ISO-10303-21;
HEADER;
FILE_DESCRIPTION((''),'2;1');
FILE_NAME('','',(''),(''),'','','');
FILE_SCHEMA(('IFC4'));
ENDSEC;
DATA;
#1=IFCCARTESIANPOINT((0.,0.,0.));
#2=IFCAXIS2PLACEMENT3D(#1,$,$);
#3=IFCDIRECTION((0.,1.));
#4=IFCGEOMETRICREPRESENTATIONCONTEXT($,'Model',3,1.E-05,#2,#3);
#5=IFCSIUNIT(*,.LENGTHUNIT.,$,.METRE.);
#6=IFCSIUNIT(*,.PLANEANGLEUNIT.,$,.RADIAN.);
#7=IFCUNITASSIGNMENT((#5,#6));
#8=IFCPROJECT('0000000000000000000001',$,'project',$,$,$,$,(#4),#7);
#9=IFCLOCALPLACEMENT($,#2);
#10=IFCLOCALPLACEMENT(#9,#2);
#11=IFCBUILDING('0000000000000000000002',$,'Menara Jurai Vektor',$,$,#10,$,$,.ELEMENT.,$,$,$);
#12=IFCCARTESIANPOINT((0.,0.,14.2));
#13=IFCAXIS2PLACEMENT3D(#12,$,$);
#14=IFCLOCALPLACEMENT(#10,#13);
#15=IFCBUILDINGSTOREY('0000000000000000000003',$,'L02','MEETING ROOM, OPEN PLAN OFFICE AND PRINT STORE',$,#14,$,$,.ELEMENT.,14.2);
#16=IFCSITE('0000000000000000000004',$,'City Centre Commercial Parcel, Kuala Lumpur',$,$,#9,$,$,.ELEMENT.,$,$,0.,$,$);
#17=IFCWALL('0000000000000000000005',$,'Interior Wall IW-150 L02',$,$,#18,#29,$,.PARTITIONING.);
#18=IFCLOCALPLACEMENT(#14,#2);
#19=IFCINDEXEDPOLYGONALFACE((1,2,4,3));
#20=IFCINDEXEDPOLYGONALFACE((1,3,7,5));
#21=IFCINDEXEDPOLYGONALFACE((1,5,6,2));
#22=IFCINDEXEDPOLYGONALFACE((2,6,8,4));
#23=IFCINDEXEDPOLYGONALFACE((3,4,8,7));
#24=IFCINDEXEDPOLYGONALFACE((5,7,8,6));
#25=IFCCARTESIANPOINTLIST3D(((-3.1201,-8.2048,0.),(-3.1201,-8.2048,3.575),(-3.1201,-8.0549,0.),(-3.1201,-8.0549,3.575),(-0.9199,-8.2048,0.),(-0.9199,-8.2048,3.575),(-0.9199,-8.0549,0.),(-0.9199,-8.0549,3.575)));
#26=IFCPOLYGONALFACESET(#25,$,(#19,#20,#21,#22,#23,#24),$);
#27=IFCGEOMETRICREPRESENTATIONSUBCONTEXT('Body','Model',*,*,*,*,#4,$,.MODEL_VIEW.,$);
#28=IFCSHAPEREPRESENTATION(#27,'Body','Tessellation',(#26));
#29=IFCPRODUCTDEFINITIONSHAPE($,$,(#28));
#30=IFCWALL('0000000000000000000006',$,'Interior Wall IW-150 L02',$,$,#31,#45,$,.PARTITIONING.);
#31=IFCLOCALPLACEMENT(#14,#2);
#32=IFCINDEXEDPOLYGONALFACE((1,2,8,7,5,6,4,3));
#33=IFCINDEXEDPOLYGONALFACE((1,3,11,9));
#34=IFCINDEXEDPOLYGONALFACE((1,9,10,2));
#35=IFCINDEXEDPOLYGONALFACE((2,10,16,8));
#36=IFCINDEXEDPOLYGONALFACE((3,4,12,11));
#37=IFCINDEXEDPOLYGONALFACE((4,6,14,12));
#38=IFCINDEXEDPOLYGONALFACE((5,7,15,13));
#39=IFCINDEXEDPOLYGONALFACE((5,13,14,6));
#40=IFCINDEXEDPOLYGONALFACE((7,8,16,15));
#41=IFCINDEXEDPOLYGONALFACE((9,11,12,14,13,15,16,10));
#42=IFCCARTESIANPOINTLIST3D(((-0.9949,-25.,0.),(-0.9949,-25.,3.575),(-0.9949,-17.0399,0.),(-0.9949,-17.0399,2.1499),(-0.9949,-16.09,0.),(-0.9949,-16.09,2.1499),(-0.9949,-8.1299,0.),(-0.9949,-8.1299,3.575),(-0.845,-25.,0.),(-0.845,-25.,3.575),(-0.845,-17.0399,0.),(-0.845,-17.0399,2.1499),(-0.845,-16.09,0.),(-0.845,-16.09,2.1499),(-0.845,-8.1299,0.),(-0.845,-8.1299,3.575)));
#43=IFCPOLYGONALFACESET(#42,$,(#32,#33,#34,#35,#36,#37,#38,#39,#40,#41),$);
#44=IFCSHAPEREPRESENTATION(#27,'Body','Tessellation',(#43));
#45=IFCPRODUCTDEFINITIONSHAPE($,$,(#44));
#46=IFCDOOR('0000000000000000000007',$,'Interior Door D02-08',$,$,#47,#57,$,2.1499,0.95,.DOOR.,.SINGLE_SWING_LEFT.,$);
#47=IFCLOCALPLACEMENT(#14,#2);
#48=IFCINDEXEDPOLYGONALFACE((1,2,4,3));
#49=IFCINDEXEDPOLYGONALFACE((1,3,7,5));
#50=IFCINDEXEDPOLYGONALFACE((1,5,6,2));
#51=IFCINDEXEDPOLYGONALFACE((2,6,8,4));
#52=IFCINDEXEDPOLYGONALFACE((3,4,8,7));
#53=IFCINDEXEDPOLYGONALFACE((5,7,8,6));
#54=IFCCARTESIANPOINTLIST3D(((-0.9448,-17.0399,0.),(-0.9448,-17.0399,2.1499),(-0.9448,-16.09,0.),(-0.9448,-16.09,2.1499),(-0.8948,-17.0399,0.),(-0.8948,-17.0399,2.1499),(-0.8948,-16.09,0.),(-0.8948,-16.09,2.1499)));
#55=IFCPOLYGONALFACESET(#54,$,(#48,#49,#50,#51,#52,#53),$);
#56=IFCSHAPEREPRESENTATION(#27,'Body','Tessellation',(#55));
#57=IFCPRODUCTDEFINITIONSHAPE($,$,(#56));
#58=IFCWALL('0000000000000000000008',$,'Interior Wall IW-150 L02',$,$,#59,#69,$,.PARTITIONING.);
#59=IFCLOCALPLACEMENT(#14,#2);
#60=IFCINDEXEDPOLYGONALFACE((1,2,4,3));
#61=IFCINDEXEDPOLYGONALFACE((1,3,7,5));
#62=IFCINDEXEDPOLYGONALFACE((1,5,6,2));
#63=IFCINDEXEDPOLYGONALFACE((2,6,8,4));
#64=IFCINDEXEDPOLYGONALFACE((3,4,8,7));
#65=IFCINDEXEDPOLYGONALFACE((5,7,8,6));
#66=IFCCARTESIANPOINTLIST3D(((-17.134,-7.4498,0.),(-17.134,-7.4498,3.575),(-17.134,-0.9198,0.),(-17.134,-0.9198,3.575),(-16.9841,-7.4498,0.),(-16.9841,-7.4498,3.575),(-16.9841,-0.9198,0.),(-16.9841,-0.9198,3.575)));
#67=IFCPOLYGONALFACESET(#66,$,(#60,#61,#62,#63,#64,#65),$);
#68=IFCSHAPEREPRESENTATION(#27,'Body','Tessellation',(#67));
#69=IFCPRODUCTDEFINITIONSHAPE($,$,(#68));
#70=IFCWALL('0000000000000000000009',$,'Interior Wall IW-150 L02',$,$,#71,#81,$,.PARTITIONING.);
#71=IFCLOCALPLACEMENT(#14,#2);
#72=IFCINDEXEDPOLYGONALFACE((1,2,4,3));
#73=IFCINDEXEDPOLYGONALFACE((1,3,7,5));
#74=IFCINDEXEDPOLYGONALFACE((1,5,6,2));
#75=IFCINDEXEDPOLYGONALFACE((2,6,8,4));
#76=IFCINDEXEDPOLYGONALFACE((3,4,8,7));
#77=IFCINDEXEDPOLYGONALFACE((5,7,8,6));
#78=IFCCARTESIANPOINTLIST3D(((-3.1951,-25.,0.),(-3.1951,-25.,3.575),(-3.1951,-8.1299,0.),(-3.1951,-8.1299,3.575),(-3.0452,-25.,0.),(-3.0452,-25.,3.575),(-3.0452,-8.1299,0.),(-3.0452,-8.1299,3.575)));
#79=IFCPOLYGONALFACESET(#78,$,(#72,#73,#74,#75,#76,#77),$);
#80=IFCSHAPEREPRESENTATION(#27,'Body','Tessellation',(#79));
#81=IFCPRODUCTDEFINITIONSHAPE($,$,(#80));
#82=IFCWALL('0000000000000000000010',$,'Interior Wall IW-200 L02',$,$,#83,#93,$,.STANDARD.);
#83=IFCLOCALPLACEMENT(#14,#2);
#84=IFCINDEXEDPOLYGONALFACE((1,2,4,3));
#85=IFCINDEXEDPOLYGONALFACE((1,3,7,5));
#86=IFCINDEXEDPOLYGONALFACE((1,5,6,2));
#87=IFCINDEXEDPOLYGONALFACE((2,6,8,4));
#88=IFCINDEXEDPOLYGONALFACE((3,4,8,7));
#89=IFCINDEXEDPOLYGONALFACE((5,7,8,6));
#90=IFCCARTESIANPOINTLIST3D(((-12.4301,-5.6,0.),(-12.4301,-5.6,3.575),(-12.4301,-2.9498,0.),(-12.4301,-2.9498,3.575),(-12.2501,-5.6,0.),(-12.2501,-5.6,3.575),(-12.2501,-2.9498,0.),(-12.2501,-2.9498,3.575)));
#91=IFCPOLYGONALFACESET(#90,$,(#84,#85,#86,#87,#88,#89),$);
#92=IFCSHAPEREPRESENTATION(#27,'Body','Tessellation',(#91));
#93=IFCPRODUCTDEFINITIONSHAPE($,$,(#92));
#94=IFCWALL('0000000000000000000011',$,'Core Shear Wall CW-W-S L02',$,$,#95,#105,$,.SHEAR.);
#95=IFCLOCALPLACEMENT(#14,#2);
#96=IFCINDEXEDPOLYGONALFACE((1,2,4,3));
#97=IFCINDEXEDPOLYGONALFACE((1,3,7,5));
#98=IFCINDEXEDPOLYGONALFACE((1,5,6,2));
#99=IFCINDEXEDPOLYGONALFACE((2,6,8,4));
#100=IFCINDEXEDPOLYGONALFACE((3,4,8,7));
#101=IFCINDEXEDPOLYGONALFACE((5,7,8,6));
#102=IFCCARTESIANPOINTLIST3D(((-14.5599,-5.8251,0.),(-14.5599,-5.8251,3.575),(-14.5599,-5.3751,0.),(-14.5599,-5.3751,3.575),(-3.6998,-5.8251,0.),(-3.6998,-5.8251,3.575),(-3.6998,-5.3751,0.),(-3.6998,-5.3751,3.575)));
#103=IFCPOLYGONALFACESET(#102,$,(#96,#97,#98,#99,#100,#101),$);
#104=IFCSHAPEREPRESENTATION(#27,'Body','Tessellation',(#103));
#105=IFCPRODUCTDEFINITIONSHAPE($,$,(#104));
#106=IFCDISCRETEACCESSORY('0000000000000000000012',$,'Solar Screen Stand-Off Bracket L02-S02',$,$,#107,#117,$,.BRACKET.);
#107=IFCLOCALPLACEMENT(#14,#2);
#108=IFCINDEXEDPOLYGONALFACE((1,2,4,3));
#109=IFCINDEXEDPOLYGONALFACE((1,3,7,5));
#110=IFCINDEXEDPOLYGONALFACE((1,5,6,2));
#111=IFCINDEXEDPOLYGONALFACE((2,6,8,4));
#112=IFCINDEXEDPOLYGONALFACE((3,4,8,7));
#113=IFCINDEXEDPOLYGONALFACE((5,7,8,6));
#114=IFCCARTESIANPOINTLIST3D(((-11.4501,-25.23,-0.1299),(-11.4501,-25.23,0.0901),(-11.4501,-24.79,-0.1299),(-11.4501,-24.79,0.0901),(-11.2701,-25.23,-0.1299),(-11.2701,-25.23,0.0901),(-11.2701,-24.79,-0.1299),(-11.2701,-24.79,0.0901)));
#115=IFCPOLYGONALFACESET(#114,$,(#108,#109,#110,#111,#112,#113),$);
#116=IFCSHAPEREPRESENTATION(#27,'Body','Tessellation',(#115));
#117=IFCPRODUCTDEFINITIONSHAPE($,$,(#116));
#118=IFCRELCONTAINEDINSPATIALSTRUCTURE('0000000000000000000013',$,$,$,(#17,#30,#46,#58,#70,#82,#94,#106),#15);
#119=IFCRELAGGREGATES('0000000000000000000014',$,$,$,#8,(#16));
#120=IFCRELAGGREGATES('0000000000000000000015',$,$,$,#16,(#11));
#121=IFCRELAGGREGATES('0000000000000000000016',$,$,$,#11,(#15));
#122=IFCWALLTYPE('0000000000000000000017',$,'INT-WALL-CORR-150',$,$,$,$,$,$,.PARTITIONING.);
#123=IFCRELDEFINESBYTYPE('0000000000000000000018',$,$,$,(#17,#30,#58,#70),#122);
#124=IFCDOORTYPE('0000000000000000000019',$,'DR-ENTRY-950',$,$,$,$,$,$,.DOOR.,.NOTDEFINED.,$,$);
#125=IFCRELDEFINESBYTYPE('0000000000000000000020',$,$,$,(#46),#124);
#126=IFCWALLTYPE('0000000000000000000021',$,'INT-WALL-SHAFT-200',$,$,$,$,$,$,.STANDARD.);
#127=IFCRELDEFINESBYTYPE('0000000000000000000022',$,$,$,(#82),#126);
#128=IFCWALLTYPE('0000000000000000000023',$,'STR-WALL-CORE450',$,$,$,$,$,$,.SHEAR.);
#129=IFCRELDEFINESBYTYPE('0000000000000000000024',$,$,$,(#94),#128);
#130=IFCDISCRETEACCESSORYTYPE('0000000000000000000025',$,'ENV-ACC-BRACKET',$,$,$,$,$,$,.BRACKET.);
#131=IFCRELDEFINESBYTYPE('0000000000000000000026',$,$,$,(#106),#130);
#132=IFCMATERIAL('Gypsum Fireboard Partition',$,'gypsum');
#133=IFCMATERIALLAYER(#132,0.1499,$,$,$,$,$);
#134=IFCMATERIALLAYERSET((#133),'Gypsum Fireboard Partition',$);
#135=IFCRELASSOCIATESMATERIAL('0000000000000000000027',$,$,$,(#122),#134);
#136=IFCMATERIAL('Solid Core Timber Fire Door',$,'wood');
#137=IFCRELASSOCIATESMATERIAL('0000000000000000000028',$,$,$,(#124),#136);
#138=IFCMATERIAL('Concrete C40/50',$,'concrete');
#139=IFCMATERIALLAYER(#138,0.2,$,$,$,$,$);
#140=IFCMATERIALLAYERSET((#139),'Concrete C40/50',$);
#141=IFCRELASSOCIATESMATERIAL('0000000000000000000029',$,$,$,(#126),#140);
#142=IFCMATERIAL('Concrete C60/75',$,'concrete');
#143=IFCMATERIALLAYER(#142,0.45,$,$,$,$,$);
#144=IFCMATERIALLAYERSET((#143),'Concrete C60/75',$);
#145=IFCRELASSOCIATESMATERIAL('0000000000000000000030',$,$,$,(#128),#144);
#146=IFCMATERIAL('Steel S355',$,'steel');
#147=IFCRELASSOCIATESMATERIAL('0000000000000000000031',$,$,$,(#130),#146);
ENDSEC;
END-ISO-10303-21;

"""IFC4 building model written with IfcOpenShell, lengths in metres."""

from ifc_helpers import new_model, si_unit, direction, frame, frame_2d, origin, origin_2d, place, context, subcontext, project, spatial, rectangle, extrude, material, layer, layer_set, type_object, element, fill, save


model = new_model("IFC4")

# Units and contexts
model_context = context("Model", 3, precision=1e-05, world=origin(), true_north=direction((0.0, 1.0)))
body_context = subcontext(model_context, "Body", "Model", "MODEL_VIEW")
ifc_project = project(units=[si_unit("LENGTHUNIT", "METRE"), si_unit("PLANEANGLEUNIT", "RADIAN")], contexts=[model_context])

# Site, building, storey
site_placement = place(None, origin())
site = spatial("IfcSite", under=ifc_project, at=site_placement, Name="City Centre Commercial Parcel, Kuala Lumpur", CompositionType="ELEMENT", RefElevation=0.0)
building_placement = place(site_placement, origin())
building = spatial("IfcBuilding", under=site, at=building_placement, Name="Menara Jurai Vektor", CompositionType="ELEMENT")
storey_placement = place(building_placement, frame((0.0, 0.0, 14.2)))
storey = spatial("IfcBuildingStorey", under=building, at=storey_placement, Name="L02", Description="MEETING ROOM, OPEN PLAN OFFICE AND PRINT STORE", CompositionType="ELEMENT", Elevation=14.2)

# Shared definitions
ifc_material_1 = material(Name="Concrete C60/75", Category="concrete")

# Shared definitions
ifc_material_2 = material(Name="Steel S355", Category="steel")

# Shared definitions
ifc_material_3 = material(Name="Gypsum Fireboard Partition", Category="gypsum")
ifc_layer_1 = layer(ifc_material_3, 0.1499)
ifc_layer_set_1 = layer_set([ifc_layer_1], Name="Gypsum Fireboard Partition")
wall_type_1 = type_object("IfcWallType", Name="INT-WALL-CORR-150", PredefinedType="PARTITIONING", material=ifc_layer_set_1)

# Shared definitions
ifc_material_4 = material(Name="Solid Core Timber Fire Door", Category="wood")
door_type = type_object("IfcDoorType", Name="DR-ENTRY-950", OperationType="NOTDEFINED", PredefinedType="DOOR", material=ifc_material_4)

# Wall
wall_1_placement = place(storey_placement, frame((-3.1201, -8.1299, 0.0), z_axis=(0.0, 0.0, 1.0), x_axis=(1.0, 0.0, 0.0)))
element("IfcWall", 1, at=wall_1_placement, inside=storey, type_object=wall_type_1, Name="Interior Wall IW-150 L02", PredefinedType="PARTITIONING", context=body_context, shape_type="SweptSolid", body=[
    extrude(rectangle(XDim=2.2002, YDim=0.1499, at=frame_2d((1.1001, 0.0))), origin(), (0.0, 0.0, 1.0), 3.575),
])

# Wall, opening, door
wall_2_placement = place(storey_placement, frame((-0.9199, -25.0, 0.0), z_axis=(0.0, 0.0, 1.0), x_axis=(0.0, 1.0, 0.0)))
wall_2 = element("IfcWall", 2, at=wall_2_placement, inside=storey, type_object=wall_type_1, Name="Interior Wall IW-150 L02", PredefinedType="PARTITIONING", context=body_context, shape_type="SweptSolid", body=[
    extrude(rectangle(XDim=16.8701, YDim=0.1499, at=frame_2d((8.4351, 0.0))), origin(), (0.0, 0.0, 1.0), 3.575),
])
opening_1_placement = place(wall_2_placement, frame((7.96, 0.0, 0.0)))
opening_1 = element("IfcOpeningElement", 3, at=opening_1_placement, cuts=wall_2, PredefinedType="OPENING", context=body_context, shape_type="SweptSolid", body=[
    extrude(rectangle(XDim=0.95, YDim=2.1499, at=frame_2d((0.4751, 1.075))), frame((0.0, 0.085, 0.0), z_axis=(0.0, -1.0, 0.0), x_axis=(1.0, 0.0, 0.0)), (0.0, 0.0, 1.0), 0.1699),
])
door_1_placement = place(opening_1_placement, origin())
door_1 = element("IfcDoor", 4, at=door_1_placement, inside=storey, type_object=door_type, Name="Interior Door D02-08", OperationType="SINGLE_SWING_LEFT", OverallHeight=2.1499, OverallWidth=0.95, PredefinedType="DOOR", context=body_context, shape_type="SweptSolid", body=[
    extrude(rectangle(XDim=0.95, YDim=2.1499, at=frame_2d((0.4751, 1.075))), frame((0.0, 0.0249, 0.0), z_axis=(0.0, -1.0, 0.0), x_axis=(1.0, 0.0, 0.0)), (0.0, 0.0, 1.0), 0.05),
])
fill(opening_1, door_1)

# Walls
wall_3_placement = place(storey_placement, frame((-17.0591, -7.45, 0.0), z_axis=(0.0, 0.0, 1.0), x_axis=(0.0, 1.0, 0.0)))
element("IfcWall", 5, at=wall_3_placement, inside=storey, type_object=wall_type_1, Name="Interior Wall IW-150 L02", PredefinedType="PARTITIONING", context=body_context, shape_type="SweptSolid", body=[
    extrude(rectangle(XDim=6.53, YDim=0.1499, at=frame_2d((3.2651, 0.0))), origin(), (0.0, 0.0, 1.0), 3.575),
])
wall_4_placement = place(storey_placement, frame((-3.1201, -25.0, 0.0), z_axis=(0.0, 0.0, 1.0), x_axis=(0.0, 1.0, 0.0)))
element("IfcWall", 6, at=wall_4_placement, inside=storey, type_object=wall_type_1, Name="Interior Wall IW-150 L02", PredefinedType="PARTITIONING", context=body_context, shape_type="SweptSolid", body=[
    extrude(rectangle(XDim=16.8701, YDim=0.1499, at=frame_2d((8.4351, 0.0))), origin(), (0.0, 0.0, 1.0), 3.575),
])
ifc_material_5 = material(Name="Concrete C40/50", Category="concrete")
ifc_layer_2 = layer(ifc_material_5, 0.2)
ifc_layer_set_2 = layer_set([ifc_layer_2], Name="Concrete C40/50")
wall_type_2 = type_object("IfcWallType", Name="INT-WALL-SHAFT-200", PredefinedType="STANDARD", material=ifc_layer_set_2)
wall_5_placement = place(storey_placement, frame((-12.3401, -5.6001, 0.0), z_axis=(0.0, 0.0, 1.0), x_axis=(0.0, 1.0, 0.0)))
element("IfcWall", 7, at=wall_5_placement, inside=storey, type_object=wall_type_2, Name="Interior Wall IW-200 L02", PredefinedType="STANDARD", context=body_context, shape_type="SweptSolid", body=[
    extrude(rectangle(XDim=2.6501, YDim=0.1799, at=frame_2d((1.3252, 0.0))), origin(), (0.0, 0.0, 1.0), 3.575),
])
ifc_layer_3 = layer(ifc_material_1, 0.45)
ifc_layer_set_3 = layer_set([ifc_layer_3], Name="Concrete C60/75")
wall_type_3 = type_object("IfcWallType", Name="STR-WALL-CORE450", PredefinedType="SHEAR", material=ifc_layer_set_3)
wall_6_placement = place(storey_placement, frame((-14.5601, -5.6001, 0.0), z_axis=(0.0, 0.0, 1.0), x_axis=(1.0, 0.0, 0.0)))
element("IfcWall", 8, at=wall_6_placement, inside=storey, type_object=wall_type_3, Name="Core Shear Wall CW-W-S L02", PredefinedType="SHEAR", context=body_context, shape_type="SweptSolid", body=[
    extrude(rectangle(XDim=10.8601, YDim=0.45, at=frame_2d((5.4302, 0.0))), origin(), (0.0, 0.0, 1.0), 3.575),
])

# Discrete accessory
discrete_accessory_type = type_object("IfcDiscreteAccessoryType", Name="ENV-ACC-BRACKET", PredefinedType="BRACKET", material=ifc_material_2)
discrete_accessory_placement = place(storey_placement, frame((-11.3601, -25.01, -0.1299), z_axis=(0.0, 0.0, 1.0), x_axis=(1.0, 0.0, 0.0)))
element("IfcDiscreteAccessory", 9, at=discrete_accessory_placement, inside=storey, type_object=discrete_accessory_type, Name="Solar Screen Stand-Off Bracket L02-S02", PredefinedType="BRACKET", context=body_context, shape_type="SweptSolid", body=[
    extrude(rectangle(XDim=0.1799, YDim=0.4399, at=origin_2d()), origin(), (0.0, 0.0, 1.0), 0.22),
])

save(model, "model.ifc")
